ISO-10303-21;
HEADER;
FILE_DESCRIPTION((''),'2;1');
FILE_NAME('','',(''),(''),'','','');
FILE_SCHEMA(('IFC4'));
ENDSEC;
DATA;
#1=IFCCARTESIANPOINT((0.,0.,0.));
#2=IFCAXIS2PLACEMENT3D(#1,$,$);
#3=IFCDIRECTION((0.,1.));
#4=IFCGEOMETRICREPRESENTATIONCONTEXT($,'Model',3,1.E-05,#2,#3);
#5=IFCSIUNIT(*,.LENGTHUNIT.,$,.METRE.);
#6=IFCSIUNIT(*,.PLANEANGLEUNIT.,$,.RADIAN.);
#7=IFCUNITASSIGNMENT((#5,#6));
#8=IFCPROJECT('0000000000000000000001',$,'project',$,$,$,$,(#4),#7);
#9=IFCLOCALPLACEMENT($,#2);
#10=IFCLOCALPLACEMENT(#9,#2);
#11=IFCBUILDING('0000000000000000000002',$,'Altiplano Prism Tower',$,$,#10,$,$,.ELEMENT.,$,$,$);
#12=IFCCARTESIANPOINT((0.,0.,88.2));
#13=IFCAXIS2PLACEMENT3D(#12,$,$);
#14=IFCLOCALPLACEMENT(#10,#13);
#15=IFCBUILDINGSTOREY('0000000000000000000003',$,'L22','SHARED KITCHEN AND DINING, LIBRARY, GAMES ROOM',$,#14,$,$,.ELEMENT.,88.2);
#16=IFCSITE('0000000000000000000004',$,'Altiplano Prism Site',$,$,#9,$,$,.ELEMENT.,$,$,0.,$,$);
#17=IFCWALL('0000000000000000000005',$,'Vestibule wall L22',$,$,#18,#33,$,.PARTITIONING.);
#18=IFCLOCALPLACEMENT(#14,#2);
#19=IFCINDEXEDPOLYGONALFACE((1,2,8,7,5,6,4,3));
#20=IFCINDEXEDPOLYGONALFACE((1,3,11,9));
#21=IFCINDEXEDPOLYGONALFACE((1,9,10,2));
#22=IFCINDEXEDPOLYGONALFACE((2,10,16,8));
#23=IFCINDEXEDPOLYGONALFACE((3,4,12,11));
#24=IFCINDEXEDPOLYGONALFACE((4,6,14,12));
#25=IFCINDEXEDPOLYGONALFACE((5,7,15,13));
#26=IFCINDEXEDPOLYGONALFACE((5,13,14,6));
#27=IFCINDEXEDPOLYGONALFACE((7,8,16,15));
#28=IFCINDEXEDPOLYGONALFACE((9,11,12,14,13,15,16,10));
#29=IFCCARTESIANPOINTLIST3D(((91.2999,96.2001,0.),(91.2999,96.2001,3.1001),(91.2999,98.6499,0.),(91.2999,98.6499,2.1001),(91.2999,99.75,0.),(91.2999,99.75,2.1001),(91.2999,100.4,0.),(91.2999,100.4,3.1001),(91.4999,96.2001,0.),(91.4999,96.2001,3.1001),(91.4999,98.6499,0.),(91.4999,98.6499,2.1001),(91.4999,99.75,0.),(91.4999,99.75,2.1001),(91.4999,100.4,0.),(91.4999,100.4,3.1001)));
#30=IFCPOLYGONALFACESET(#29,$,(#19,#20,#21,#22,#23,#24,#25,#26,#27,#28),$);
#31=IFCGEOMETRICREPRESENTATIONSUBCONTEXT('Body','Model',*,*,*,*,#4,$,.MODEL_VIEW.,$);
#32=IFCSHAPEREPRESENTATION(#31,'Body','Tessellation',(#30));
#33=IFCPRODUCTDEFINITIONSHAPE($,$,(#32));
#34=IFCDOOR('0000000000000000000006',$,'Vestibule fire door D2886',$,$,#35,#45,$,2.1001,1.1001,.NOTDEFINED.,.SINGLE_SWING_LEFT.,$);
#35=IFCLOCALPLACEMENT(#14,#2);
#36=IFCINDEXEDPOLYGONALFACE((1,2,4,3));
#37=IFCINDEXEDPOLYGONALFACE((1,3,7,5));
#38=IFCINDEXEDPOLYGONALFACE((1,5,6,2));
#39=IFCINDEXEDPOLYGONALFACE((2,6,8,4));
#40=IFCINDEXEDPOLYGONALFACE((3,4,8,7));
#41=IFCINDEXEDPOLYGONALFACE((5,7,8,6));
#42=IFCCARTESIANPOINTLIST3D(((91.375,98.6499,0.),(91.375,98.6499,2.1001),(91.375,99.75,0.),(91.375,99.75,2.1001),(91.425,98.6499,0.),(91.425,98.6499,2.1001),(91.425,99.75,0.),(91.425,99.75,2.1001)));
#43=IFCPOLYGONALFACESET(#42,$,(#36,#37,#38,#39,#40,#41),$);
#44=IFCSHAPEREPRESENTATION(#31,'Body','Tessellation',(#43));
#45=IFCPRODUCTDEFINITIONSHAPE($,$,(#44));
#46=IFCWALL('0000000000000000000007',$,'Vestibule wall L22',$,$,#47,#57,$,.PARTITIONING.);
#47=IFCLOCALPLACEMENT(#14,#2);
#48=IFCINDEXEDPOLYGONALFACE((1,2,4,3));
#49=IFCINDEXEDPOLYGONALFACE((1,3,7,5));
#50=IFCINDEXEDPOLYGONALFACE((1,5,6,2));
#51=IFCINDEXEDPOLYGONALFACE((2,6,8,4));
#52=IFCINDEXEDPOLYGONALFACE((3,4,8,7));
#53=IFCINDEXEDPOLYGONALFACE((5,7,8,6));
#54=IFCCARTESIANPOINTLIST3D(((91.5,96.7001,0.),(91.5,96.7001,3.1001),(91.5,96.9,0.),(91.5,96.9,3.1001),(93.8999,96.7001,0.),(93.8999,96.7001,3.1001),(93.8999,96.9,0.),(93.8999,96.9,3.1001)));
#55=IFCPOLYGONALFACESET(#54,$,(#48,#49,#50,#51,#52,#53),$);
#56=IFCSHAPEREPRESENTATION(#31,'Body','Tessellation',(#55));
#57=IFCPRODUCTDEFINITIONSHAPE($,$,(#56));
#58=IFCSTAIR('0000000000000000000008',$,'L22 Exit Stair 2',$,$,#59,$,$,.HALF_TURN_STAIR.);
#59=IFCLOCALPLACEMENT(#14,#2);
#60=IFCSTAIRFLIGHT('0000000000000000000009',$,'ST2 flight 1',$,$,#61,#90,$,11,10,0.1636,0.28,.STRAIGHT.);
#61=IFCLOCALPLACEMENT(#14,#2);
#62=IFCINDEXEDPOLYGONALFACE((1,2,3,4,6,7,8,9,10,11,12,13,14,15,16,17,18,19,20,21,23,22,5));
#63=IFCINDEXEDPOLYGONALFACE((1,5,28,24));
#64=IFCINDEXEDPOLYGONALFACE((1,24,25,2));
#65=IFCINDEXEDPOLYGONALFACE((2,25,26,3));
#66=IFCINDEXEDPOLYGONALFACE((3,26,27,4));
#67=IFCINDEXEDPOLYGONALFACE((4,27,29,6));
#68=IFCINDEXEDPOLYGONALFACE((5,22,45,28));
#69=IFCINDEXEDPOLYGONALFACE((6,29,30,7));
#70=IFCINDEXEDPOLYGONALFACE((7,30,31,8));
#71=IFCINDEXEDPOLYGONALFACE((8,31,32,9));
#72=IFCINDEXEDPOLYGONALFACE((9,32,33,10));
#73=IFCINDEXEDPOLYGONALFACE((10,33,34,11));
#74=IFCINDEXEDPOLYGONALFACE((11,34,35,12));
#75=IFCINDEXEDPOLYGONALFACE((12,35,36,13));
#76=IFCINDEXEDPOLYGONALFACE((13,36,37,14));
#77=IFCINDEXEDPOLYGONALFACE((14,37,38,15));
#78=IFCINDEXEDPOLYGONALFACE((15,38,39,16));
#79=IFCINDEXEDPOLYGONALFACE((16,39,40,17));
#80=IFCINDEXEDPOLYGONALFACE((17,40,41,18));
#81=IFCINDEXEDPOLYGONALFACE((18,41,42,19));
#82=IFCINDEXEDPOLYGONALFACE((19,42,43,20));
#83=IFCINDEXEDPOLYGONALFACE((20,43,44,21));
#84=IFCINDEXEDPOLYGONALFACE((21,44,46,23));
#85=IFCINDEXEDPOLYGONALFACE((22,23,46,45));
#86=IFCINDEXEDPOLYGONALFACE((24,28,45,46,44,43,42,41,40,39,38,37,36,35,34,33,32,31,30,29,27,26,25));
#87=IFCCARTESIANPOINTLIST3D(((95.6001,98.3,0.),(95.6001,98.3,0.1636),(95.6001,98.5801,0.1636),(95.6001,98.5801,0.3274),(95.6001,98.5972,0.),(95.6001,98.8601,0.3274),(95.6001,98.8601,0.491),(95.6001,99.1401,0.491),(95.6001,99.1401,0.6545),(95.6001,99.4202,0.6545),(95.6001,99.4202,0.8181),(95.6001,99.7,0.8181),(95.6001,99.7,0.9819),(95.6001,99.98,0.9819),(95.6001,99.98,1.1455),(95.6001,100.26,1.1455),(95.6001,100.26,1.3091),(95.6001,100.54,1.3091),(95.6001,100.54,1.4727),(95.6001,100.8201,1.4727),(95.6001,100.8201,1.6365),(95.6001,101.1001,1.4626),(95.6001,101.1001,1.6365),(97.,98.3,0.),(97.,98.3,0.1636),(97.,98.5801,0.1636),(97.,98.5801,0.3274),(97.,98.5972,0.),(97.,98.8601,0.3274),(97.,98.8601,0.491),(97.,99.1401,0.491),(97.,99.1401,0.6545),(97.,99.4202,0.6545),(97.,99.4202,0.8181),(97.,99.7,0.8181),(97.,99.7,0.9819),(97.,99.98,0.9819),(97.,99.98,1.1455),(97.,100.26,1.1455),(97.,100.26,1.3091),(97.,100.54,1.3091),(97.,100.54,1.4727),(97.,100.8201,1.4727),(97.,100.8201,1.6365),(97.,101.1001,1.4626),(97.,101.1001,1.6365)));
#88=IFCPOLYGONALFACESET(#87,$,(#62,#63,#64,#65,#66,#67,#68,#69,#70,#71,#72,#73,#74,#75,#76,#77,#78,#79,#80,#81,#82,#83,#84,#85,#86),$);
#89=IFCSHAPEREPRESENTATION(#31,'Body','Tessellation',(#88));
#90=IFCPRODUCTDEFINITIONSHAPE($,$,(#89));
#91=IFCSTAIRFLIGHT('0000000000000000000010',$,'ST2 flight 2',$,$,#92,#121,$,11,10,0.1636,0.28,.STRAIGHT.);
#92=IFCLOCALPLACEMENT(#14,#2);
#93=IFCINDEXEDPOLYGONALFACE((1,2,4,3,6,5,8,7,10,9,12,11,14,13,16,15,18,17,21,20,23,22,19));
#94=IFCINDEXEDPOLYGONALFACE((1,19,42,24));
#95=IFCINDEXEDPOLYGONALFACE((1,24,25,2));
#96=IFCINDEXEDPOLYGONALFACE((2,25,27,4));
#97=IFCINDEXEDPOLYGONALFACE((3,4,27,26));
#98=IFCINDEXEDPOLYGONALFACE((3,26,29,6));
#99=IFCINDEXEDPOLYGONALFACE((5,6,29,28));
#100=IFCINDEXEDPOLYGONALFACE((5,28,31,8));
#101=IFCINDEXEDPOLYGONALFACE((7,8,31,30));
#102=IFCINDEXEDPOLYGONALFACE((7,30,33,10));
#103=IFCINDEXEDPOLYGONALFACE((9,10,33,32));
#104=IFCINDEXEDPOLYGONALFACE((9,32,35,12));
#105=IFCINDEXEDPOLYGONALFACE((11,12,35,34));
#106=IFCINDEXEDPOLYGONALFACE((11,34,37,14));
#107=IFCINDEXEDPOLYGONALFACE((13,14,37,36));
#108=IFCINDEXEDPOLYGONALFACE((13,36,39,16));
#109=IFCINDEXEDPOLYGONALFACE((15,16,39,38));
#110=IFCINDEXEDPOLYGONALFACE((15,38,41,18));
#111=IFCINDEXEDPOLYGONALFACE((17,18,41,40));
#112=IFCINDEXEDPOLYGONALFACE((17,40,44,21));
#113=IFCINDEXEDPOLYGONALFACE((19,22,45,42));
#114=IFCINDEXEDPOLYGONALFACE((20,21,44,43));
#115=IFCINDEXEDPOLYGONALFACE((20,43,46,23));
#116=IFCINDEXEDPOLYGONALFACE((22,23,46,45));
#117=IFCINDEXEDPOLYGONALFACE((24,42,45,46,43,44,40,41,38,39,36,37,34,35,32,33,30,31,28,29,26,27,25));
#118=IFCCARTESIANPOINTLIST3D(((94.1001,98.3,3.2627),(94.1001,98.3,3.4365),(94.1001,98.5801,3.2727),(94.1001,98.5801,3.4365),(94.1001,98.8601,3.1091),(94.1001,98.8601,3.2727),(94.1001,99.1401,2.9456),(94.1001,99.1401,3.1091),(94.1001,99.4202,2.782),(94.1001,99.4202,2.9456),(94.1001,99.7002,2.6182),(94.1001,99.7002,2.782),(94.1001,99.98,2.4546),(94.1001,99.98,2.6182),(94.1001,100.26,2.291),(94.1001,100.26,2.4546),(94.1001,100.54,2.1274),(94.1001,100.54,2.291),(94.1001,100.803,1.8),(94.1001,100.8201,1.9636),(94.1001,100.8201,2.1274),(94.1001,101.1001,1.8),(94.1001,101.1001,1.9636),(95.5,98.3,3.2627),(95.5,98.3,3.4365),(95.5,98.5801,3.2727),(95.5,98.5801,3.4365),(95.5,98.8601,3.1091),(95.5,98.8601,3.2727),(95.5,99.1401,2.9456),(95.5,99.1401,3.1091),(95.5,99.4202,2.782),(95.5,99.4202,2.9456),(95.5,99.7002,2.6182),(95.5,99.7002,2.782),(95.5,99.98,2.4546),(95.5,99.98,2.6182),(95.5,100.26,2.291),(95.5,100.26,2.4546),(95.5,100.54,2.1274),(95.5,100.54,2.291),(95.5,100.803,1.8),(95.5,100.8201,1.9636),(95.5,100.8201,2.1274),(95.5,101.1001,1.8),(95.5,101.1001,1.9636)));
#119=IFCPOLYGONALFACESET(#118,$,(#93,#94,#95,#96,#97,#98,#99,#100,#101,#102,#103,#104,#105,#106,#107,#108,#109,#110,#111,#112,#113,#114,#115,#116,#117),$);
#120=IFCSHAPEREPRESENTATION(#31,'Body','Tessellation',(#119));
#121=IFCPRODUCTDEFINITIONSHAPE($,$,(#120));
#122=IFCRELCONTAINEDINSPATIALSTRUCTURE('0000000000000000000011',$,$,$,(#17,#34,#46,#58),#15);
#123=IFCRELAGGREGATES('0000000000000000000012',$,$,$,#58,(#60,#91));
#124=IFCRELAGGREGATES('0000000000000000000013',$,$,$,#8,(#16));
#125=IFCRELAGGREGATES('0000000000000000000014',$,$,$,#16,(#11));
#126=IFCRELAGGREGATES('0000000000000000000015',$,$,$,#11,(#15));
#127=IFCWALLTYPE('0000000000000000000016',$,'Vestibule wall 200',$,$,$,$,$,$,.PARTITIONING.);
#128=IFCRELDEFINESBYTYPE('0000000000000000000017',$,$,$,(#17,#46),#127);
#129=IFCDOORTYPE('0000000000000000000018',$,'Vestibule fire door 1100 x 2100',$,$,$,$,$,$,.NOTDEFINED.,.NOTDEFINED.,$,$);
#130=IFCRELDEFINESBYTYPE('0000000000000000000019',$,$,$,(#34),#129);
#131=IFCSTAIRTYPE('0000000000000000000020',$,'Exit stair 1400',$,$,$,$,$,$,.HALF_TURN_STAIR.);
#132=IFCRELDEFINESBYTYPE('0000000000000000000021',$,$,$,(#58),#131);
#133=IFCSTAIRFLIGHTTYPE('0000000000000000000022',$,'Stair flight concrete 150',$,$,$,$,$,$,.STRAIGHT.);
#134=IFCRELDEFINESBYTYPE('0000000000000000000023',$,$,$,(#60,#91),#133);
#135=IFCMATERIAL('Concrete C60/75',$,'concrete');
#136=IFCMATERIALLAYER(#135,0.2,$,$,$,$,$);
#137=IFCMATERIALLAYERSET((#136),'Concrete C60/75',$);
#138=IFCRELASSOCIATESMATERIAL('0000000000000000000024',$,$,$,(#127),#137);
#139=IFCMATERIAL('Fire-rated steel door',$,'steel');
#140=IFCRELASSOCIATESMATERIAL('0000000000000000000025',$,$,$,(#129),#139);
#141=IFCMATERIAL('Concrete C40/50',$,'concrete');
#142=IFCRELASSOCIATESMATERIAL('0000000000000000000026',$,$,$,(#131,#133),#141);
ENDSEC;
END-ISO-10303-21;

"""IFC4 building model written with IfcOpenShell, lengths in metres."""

from ifc_helpers import new_model, si_unit, direction, frame, frame_2d, origin, place, context, subcontext, project, spatial, polyline, rectangle, outline, extrude, material, layer, layer_set, type_object, element, fill, aggregate, save


model = new_model("IFC4")

# Units and contexts
model_context = context("Model", 3, precision=1e-05, world=origin(), true_north=direction((0.0, 1.0)))
body_context = subcontext(model_context, "Body", "Model", "MODEL_VIEW")
ifc_project = project(units=[si_unit("LENGTHUNIT", "METRE"), si_unit("PLANEANGLEUNIT", "RADIAN")], contexts=[model_context])

# Site, building, storey
site_placement = place(None, origin())
site = spatial("IfcSite", under=ifc_project, at=site_placement, Name="Altiplano Prism Site", CompositionType="ELEMENT", RefElevation=0.0)
building_placement = place(site_placement, origin())
building = spatial("IfcBuilding", under=site, at=building_placement, Name="Altiplano Prism Tower", CompositionType="ELEMENT")
storey_placement = place(building_placement, frame((0.0, 0.0, 88.2)))
storey = spatial("IfcBuildingStorey", under=building, at=storey_placement, Name="L22", Description="SHARED KITCHEN AND DINING, LIBRARY, GAMES ROOM", CompositionType="ELEMENT", Elevation=88.2)

# Shared definitions
ifc_material_1 = material(Name="Concrete C60/75", Category="concrete")

# Shared definitions
ifc_material_2 = material(Name="Fire-rated steel door", Category="steel")

# Shared definitions
ifc_layer_1 = layer(ifc_material_1, 0.2)
ifc_layer_set_1 = layer_set([ifc_layer_1], Name="Concrete C60/75")
wall_type_1 = type_object("IfcWallType", Name="Vestibule wall 200", PredefinedType="PARTITIONING", material=ifc_layer_set_1)
door_type_1 = type_object("IfcDoorType", Name="Vestibule fire door 1100 x 2100", OperationType="NOTDEFINED", PredefinedType="NOTDEFINED", material=ifc_material_2)

# Wall, opening, door
wall_1_placement = place(storey_placement, frame((91.3999, 96.2, 0.0), z_axis=(0.0, 0.0, 1.0), x_axis=(0.0, 1.0, 0.0)))
wall_1 = element("IfcWall", 1, at=wall_1_placement, inside=storey, type_object=wall_type_1, Name="Vestibule wall L22", PredefinedType="PARTITIONING", context=body_context, shape_type="SweptSolid", body=[
    extrude(rectangle(XDim=4.2, YDim=0.2, at=frame_2d((2.1001, 0.0))), origin(), (0.0, 0.0, 1.0), 3.1001),
])
opening_1_placement = place(wall_1_placement, frame((2.45, 0.0, 0.0)))
opening_1 = element("IfcOpeningElement", 2, at=opening_1_placement, cuts=wall_1, PredefinedType="OPENING", context=body_context, shape_type="SweptSolid", body=[
    extrude(rectangle(XDim=1.1001, YDim=2.1001, at=frame_2d((0.55, 1.05))), frame((0.0, 0.1104, 0.0), z_axis=(0.0, -1.0, 0.0), x_axis=(1.0, 0.0, 0.0)), (0.0, 0.0, 1.0), 0.2209),
])
door_1_placement = place(opening_1_placement, origin())
door_1 = element("IfcDoor", 3, at=door_1_placement, inside=storey, type_object=door_type_1, Name="Vestibule fire door D2886", OperationType="SINGLE_SWING_LEFT", OverallHeight=2.1001, OverallWidth=1.1001, PredefinedType="NOTDEFINED", context=body_context, shape_type="SweptSolid", body=[
    extrude(rectangle(XDim=1.1001, YDim=2.1001, at=frame_2d((0.55, 1.05))), frame((0.0, 0.0249, 0.0), z_axis=(0.0, -1.0, 0.0), x_axis=(1.0, 0.0, 0.0)), (0.0, 0.0, 1.0), 0.05),
])
fill(opening_1, door_1)

# Wall
wall_2_placement = place(storey_placement, frame((91.5, 96.8, 0.0), z_axis=(0.0, 0.0, 1.0), x_axis=(1.0, 0.0, 0.0)))
element("IfcWall", 4, at=wall_2_placement, inside=storey, type_object=wall_type_1, Name="Vestibule wall L22", PredefinedType="PARTITIONING", context=body_context, shape_type="SweptSolid", body=[
    extrude(rectangle(XDim=2.3999, YDim=0.2, at=frame_2d((1.2, 0.0))), origin(), (0.0, 0.0, 1.0), 3.1001),
])

# Stair, stair flights
ifc_material_3 = material(Name="Concrete C40/50", Category="concrete")
stair_type = type_object("IfcStairType", Name="Exit stair 1400", PredefinedType="HALF_TURN_STAIR", material=ifc_material_3)
stair_placement = place(storey_placement, origin())
stair = element("IfcStair", 5, at=stair_placement, inside=storey, type_object=stair_type, Name="L22 Exit Stair 2", PredefinedType="HALF_TURN_STAIR")
stair_flight_type = type_object("IfcStairFlightType", Name="Stair flight concrete 150", PredefinedType="STRAIGHT", material=ifc_material_3)
stair_flight_1_placement = place(storey_placement, frame((96.3, 98.3, 0.0), z_axis=(0.0, 0.0, 1.0), x_axis=(0.0, 1.0, 0.0)))
stair_flight_1 = element("IfcStairFlight", 6, at=stair_flight_1_placement, type_object=stair_flight_type, Name="ST2 flight 1", NumberOfRisers=11, NumberOfTreads=10, PredefinedType="STRAIGHT", RiserHeight=0.1636, TreadLength=0.28, context=body_context, shape_type="SweptSolid", body=[
    extrude(outline(polyline([(0.0, 0.0), (0.0, 0.1636), (0.28, 0.1636), (0.28, 0.3274), (0.5601, 0.3274), (0.5601, 0.491), (0.8401, 0.491), (0.8401, 0.6545), (1.1201, 0.6545), (1.1201, 0.8181), (1.3999, 0.8181), (1.3999, 0.9819), (1.6799, 0.9819), (1.6799, 1.1455), (1.96, 1.1455), (1.96, 1.3091), (2.24, 1.3091), (2.24, 1.4727), (2.52, 1.4727), (2.52, 1.6365), (2.8, 1.6365), (2.8, 1.8), (2.8, 1.4626), (0.2971, 0.0), (0.0, 0.0)])), frame((0.0, 0.7, 0.0), z_axis=(0.0, -1.0, 0.0), x_axis=(1.0, 0.0, 0.0)), (0.0, 0.0, 1.0), 1.3999),
])
stair_flight_2_placement = place(storey_placement, frame((94.8, 101.1001, 1.8), z_axis=(0.0, 0.0, 1.0), x_axis=(0.0, -1.0, 0.0)))
stair_flight_2 = element("IfcStairFlight", 7, at=stair_flight_2_placement, type_object=stair_flight_type, Name="ST2 flight 2", NumberOfRisers=11, NumberOfTreads=10, PredefinedType="STRAIGHT", RiserHeight=0.1636, TreadLength=0.28, context=body_context, shape_type="SweptSolid", body=[
    extrude(outline(polyline([(0.0, 0.0), (0.0, 0.1636), (0.28, 0.1636), (0.28, 0.3274), (0.5601, 0.3274), (0.5601, 0.491), (0.8401, 0.491), (0.8401, 0.6545), (1.1201, 0.6545), (1.1201, 0.8181), (1.3999, 0.8181), (1.3999, 0.9819), (1.6799, 0.9819), (1.6799, 1.1455), (1.96, 1.1455), (1.96, 1.3091), (2.24, 1.3091), (2.24, 1.4727), (2.52, 1.4727), (2.52, 1.6365), (2.8, 1.6365), (2.8, 1.8), (2.8, 1.4626), (0.2971, 0.0), (0.0, 0.0)])), frame((0.0, 0.7, 0.0), z_axis=(0.0, -1.0, 0.0), x_axis=(1.0, 0.0, 0.0)), (0.0, 0.0, 1.0), 1.3999),
])
aggregate(stair, [stair_flight_1, stair_flight_2])

save(model, "model.ifc")
